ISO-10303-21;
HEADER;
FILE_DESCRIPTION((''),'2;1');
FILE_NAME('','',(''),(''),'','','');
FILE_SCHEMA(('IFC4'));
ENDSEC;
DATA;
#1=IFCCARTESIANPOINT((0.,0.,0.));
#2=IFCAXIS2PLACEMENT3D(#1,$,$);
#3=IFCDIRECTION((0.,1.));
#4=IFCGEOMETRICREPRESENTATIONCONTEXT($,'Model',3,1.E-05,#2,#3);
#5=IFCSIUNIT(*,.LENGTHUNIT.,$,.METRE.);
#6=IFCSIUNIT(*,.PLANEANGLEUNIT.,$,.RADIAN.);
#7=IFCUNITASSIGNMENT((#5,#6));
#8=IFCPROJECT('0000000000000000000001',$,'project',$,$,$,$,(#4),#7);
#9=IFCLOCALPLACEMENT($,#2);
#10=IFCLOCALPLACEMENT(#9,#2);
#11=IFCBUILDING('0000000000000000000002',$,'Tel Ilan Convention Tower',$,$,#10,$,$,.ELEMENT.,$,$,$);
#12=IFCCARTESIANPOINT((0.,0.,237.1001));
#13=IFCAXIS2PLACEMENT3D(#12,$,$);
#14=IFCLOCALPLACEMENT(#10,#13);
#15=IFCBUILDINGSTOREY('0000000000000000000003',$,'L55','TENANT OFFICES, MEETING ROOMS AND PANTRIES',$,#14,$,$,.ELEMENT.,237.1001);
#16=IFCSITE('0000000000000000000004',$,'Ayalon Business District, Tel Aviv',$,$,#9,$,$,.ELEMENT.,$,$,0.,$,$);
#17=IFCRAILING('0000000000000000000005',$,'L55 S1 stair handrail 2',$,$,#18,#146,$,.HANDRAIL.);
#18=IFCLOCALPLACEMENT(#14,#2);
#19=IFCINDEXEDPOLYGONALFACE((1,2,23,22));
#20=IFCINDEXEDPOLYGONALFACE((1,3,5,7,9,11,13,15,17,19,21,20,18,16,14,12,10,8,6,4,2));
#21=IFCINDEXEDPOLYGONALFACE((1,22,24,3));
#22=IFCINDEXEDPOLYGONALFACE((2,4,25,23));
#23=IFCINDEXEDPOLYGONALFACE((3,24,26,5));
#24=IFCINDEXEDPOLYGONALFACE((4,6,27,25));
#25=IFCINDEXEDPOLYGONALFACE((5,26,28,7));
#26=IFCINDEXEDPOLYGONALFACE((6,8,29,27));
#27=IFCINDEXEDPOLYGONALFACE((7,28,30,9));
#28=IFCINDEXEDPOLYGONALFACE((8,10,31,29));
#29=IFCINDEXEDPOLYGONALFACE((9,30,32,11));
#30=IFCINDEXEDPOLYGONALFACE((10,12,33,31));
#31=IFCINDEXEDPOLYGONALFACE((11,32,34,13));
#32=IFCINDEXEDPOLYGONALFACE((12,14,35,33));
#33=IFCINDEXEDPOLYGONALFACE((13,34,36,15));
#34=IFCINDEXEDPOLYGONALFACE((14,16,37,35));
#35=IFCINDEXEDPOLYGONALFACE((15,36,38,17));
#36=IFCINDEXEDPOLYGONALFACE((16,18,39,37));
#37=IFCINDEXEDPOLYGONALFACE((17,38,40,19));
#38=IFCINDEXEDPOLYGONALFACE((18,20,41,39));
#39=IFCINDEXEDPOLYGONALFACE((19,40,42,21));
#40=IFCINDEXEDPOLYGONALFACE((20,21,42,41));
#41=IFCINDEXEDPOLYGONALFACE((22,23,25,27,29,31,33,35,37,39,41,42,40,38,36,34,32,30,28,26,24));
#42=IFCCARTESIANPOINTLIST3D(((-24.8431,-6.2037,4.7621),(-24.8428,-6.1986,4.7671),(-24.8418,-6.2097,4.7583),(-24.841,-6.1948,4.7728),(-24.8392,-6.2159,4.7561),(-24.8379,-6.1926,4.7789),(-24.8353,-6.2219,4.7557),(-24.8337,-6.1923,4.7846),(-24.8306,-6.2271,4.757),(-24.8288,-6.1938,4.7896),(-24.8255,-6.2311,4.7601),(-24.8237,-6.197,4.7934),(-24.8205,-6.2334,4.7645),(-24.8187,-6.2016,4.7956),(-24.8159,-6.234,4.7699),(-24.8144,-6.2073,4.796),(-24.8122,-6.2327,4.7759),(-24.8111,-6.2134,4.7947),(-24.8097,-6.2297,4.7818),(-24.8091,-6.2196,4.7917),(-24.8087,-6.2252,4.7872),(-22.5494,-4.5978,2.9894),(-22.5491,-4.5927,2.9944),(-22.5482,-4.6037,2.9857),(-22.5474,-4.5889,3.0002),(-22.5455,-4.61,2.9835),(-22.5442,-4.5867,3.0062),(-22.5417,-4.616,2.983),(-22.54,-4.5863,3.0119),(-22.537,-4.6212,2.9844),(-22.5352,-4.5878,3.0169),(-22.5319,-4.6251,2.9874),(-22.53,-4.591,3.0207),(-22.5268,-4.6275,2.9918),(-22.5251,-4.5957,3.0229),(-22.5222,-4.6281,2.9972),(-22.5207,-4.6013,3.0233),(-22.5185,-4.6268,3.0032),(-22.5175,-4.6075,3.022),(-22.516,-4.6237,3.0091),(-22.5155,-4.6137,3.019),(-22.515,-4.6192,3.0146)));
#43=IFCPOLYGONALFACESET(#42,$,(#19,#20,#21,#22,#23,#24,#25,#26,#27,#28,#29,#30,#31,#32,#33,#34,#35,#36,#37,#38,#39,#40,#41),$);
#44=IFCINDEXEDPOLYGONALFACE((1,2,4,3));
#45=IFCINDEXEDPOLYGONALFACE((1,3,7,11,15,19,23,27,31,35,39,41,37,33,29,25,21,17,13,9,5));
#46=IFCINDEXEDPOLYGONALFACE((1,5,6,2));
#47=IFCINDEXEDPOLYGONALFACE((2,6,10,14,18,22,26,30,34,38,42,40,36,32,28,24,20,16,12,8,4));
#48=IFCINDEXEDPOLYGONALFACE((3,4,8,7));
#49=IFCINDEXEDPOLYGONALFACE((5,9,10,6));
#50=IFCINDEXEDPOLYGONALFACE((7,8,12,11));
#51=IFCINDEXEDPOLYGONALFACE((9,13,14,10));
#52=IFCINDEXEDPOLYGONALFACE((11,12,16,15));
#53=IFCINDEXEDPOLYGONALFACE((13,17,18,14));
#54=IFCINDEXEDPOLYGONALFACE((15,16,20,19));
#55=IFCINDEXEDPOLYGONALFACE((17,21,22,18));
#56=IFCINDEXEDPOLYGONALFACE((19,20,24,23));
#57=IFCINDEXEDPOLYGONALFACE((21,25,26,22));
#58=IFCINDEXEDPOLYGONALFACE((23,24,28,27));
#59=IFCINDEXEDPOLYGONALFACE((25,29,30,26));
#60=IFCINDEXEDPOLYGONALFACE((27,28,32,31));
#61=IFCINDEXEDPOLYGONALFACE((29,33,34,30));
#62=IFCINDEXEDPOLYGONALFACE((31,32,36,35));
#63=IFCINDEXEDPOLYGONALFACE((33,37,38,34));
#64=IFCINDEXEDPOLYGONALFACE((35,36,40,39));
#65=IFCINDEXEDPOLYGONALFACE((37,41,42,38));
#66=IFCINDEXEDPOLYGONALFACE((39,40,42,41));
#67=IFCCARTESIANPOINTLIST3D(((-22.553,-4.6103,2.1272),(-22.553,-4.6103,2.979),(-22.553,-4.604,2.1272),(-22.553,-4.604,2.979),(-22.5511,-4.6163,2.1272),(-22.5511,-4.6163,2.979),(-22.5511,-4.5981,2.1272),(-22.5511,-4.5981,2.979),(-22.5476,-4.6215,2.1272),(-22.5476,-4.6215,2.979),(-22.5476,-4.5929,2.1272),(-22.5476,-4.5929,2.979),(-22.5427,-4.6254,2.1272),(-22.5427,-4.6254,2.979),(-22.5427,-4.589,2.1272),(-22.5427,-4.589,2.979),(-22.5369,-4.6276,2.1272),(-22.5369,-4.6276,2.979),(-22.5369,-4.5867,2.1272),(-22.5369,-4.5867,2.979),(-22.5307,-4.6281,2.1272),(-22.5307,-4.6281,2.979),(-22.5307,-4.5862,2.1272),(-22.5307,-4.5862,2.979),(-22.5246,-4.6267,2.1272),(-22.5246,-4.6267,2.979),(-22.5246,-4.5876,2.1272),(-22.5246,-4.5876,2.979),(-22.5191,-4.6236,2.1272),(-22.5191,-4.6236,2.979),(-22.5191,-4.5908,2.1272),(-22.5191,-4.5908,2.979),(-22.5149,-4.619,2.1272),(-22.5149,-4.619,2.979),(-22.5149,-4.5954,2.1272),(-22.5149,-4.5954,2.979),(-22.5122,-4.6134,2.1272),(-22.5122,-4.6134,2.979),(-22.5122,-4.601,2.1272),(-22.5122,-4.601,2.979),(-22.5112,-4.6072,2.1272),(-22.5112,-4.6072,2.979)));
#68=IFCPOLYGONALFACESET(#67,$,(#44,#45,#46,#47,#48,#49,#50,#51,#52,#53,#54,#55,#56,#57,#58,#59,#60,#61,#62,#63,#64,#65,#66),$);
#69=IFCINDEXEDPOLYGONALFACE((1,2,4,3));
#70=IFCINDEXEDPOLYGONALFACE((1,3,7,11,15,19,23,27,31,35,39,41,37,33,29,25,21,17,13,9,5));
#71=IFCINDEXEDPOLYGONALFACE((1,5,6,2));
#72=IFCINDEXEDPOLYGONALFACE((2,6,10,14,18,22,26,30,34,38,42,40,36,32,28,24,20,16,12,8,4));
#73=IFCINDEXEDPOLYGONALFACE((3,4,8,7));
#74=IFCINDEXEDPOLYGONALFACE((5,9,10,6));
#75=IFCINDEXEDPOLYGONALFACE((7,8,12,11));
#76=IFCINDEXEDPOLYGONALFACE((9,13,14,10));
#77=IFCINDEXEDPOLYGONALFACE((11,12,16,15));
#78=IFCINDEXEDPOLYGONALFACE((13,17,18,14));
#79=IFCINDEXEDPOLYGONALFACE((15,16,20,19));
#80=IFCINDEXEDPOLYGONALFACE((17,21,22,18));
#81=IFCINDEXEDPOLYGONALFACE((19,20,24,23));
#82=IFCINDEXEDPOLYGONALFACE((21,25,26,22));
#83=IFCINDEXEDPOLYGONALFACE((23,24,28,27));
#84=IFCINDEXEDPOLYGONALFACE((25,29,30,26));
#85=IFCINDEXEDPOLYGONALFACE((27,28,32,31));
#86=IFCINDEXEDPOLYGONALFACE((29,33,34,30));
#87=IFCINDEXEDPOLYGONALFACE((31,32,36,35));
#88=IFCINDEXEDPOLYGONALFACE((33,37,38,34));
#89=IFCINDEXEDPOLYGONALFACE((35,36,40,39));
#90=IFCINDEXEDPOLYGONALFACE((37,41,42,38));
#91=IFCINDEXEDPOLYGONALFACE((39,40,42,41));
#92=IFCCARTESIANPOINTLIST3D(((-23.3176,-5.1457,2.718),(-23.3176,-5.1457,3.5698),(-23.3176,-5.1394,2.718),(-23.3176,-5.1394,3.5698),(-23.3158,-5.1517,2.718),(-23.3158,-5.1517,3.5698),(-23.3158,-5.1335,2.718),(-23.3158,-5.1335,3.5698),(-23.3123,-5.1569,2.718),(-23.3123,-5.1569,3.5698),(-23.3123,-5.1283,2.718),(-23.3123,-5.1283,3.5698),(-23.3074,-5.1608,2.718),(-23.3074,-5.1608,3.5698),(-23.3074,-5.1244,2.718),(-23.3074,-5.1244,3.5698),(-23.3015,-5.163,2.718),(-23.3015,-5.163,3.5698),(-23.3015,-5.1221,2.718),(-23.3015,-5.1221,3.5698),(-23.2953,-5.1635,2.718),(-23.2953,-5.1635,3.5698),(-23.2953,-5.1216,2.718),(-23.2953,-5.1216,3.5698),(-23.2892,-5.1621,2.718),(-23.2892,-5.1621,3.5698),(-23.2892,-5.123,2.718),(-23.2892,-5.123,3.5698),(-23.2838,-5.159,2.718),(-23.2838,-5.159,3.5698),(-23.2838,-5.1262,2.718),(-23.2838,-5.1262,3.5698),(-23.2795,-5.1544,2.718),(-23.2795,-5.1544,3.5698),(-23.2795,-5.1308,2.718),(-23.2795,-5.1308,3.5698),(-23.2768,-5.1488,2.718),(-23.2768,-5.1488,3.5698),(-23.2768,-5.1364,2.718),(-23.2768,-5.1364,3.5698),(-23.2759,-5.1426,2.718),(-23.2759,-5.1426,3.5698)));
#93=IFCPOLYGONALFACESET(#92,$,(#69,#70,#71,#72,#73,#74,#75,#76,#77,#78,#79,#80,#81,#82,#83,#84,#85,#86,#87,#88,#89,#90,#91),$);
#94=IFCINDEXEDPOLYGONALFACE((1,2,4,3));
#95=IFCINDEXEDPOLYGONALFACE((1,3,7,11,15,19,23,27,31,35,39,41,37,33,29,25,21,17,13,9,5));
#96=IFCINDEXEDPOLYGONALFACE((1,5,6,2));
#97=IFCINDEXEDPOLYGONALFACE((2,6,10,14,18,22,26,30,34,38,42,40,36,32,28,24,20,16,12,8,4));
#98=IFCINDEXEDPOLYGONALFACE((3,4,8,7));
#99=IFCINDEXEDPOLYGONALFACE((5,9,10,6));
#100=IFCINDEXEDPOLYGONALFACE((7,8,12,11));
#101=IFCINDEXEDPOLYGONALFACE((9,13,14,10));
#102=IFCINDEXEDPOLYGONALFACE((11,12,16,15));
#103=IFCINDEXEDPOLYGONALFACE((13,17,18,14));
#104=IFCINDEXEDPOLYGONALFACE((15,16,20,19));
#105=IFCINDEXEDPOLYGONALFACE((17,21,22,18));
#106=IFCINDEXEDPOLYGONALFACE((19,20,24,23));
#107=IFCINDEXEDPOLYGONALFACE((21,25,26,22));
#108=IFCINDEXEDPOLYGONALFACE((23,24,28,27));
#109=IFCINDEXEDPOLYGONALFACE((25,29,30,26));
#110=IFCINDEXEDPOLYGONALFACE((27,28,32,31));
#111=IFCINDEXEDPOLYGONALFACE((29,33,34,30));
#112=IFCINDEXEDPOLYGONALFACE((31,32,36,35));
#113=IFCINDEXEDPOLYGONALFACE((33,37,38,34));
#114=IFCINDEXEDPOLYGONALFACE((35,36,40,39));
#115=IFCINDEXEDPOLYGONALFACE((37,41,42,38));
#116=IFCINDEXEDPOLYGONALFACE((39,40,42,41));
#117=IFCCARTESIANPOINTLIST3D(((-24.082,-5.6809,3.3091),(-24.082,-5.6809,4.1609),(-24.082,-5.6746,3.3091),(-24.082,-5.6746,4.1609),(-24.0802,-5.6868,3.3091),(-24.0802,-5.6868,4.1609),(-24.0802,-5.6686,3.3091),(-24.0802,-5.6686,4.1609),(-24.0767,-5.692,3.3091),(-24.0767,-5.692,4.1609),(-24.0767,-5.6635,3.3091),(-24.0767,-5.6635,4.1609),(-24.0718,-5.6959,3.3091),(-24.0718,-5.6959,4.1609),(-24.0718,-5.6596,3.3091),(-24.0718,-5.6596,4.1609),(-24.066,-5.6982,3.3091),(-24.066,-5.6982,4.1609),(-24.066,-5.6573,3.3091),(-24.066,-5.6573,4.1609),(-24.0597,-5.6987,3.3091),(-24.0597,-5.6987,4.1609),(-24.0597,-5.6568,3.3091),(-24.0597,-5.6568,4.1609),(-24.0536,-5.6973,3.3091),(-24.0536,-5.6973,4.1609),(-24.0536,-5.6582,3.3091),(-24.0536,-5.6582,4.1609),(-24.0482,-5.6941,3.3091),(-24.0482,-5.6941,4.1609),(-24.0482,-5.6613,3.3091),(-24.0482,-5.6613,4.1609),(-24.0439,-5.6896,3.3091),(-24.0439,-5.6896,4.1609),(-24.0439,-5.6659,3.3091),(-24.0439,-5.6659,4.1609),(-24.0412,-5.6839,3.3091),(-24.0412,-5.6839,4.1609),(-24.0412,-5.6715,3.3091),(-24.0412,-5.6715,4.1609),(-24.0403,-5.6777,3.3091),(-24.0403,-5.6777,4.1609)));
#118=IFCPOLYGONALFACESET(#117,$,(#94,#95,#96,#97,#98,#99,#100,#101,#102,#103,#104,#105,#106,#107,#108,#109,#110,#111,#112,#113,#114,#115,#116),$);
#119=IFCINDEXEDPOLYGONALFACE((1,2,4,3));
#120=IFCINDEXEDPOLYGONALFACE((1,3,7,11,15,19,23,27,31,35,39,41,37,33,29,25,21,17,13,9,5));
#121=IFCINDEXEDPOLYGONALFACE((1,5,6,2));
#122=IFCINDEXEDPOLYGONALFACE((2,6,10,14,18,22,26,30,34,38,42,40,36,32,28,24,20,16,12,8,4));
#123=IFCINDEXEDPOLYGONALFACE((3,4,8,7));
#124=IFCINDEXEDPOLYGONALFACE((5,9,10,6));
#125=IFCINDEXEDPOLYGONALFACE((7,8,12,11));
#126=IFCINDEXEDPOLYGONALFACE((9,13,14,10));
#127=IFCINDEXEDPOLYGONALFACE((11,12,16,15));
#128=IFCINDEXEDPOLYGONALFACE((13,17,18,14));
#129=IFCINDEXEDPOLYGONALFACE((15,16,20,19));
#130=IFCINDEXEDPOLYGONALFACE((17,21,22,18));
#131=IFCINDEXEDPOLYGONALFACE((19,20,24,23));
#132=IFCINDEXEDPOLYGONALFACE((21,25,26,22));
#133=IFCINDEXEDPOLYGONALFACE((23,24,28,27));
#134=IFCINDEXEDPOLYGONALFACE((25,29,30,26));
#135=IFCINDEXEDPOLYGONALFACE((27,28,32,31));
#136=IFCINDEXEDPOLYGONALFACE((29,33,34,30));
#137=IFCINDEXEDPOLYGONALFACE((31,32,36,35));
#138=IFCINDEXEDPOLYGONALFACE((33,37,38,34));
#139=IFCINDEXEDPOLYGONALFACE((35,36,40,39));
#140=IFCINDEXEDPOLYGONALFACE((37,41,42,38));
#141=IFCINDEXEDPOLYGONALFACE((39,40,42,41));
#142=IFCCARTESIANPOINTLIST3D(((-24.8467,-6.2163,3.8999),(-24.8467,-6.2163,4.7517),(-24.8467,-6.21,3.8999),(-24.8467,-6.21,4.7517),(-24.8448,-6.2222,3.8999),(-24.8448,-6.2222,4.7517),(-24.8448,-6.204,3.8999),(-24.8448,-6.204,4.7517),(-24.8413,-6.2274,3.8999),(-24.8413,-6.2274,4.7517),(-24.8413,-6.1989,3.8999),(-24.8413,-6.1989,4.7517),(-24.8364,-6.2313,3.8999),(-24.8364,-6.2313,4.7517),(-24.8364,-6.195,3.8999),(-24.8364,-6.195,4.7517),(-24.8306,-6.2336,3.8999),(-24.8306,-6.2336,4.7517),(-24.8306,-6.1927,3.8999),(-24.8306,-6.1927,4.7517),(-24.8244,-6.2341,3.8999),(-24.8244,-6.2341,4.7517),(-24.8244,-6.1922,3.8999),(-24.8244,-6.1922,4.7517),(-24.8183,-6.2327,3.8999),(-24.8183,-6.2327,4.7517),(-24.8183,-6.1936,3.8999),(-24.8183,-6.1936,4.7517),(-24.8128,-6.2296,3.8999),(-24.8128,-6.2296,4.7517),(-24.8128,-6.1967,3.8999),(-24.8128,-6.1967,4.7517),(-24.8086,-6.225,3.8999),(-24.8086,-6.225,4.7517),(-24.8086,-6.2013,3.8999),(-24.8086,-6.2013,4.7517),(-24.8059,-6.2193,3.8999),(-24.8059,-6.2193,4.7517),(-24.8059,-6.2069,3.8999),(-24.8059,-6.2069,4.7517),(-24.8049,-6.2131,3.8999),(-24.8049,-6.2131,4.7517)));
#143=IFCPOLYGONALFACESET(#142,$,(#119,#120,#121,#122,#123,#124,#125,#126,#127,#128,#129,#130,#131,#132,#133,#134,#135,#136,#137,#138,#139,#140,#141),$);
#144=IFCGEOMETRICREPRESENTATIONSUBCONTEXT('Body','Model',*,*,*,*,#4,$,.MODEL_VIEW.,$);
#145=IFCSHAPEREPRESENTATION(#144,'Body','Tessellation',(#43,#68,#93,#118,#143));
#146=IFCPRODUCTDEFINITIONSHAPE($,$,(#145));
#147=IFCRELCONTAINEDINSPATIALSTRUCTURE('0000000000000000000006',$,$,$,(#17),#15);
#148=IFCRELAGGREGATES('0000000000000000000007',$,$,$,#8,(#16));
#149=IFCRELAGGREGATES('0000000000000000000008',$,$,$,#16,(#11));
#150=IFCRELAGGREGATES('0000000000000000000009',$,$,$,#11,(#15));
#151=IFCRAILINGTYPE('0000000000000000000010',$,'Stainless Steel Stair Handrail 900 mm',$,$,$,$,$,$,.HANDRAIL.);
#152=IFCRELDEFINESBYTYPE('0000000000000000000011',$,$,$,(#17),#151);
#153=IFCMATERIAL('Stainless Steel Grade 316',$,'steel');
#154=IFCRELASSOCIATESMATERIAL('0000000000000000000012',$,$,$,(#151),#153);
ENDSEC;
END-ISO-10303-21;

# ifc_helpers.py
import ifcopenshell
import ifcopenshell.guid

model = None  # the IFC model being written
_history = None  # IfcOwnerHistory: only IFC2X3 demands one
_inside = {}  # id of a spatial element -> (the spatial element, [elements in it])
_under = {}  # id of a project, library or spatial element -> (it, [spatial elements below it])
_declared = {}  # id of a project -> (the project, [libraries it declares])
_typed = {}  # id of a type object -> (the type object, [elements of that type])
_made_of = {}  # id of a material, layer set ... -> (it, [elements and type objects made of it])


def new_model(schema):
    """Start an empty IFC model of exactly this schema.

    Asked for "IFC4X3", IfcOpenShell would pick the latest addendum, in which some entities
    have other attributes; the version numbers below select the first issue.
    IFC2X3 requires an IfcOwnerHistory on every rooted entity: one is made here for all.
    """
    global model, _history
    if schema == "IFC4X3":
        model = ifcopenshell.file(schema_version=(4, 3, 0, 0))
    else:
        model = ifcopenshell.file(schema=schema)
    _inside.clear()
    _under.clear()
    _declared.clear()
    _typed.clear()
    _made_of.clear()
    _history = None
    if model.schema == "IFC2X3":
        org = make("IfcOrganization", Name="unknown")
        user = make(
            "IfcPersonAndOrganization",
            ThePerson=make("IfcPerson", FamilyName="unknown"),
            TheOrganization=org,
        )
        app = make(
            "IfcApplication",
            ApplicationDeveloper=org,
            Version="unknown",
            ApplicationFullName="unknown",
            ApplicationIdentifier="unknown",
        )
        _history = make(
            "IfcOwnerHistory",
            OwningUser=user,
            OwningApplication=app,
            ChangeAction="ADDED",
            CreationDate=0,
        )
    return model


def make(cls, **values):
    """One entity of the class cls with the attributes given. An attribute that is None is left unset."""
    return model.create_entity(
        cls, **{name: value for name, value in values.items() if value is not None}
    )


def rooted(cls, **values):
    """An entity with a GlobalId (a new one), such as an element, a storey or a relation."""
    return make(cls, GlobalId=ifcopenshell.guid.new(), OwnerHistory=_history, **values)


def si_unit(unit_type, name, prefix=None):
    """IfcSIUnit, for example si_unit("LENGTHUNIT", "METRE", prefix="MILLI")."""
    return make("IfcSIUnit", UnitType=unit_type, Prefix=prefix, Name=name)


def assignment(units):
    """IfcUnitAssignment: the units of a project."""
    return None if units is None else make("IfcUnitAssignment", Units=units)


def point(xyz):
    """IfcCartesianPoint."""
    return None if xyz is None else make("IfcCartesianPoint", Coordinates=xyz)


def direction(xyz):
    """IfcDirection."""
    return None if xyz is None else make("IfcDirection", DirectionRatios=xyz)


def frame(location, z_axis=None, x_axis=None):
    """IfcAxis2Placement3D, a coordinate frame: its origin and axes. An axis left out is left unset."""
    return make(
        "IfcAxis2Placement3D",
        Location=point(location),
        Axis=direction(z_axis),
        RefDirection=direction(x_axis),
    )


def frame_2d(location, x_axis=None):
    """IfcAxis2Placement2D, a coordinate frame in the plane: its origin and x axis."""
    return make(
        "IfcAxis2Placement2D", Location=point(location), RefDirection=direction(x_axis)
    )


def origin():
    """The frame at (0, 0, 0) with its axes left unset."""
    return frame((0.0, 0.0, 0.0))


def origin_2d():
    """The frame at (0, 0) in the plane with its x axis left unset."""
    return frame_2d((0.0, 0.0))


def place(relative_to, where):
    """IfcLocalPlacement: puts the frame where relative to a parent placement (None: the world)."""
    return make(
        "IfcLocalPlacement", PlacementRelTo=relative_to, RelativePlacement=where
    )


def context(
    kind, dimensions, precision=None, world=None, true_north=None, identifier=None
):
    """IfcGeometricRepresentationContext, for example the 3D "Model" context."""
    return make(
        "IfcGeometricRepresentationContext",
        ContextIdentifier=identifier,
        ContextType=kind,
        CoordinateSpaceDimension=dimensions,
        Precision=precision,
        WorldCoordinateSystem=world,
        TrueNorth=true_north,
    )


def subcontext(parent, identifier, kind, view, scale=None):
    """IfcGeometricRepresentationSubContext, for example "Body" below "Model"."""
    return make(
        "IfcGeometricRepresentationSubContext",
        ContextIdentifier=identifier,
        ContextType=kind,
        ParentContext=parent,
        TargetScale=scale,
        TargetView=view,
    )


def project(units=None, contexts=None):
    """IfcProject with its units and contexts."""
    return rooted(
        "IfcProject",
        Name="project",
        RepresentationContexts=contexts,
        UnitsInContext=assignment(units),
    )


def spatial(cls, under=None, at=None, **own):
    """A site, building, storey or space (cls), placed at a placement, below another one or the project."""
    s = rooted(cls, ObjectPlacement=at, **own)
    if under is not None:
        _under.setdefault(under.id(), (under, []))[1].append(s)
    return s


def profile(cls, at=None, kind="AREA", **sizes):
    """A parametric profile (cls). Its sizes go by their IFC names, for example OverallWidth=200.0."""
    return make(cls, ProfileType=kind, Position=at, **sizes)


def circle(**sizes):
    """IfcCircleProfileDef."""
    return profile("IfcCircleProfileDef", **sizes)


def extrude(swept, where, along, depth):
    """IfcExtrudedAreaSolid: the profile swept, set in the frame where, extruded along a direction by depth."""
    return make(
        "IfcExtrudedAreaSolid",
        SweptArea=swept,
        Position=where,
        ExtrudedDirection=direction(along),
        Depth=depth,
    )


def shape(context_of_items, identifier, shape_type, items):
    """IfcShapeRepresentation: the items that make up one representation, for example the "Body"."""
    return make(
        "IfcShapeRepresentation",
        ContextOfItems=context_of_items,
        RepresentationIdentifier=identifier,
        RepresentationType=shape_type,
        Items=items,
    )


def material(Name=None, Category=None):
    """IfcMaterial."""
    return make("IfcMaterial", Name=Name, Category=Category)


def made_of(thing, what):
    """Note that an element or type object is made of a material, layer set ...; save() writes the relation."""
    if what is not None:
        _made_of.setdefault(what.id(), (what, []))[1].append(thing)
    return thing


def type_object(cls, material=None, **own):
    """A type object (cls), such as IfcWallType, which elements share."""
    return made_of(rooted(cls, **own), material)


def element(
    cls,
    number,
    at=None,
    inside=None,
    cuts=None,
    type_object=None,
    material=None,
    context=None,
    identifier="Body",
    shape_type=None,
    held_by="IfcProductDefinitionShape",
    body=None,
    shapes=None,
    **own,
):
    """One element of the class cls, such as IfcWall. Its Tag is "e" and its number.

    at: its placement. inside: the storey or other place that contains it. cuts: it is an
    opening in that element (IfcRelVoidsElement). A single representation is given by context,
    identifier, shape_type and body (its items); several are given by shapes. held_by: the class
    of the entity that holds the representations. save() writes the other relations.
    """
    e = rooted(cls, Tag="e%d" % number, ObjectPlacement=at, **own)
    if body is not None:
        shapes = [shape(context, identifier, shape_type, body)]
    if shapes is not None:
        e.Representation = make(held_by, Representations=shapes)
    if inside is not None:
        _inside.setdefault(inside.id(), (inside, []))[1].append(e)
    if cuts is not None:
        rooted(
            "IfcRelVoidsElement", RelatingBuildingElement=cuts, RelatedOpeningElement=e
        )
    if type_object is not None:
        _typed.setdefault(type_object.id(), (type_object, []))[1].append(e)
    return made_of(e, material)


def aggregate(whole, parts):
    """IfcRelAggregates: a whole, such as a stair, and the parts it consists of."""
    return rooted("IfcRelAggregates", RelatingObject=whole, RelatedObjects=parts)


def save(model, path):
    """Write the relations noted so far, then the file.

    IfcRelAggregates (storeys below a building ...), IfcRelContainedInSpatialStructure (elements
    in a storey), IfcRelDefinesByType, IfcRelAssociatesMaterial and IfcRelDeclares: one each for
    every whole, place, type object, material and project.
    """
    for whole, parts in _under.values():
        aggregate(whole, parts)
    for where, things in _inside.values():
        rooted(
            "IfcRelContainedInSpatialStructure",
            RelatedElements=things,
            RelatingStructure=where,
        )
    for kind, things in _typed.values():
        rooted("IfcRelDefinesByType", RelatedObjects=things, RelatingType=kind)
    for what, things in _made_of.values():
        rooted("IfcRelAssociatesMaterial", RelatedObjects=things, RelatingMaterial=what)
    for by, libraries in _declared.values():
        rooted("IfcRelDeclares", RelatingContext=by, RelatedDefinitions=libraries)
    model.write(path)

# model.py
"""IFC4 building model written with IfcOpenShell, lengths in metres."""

from ifc_helpers import new_model, si_unit, direction, frame, origin, origin_2d, place, context, subcontext, project, spatial, circle, extrude, material, type_object, element, save


model = new_model("IFC4")

# Units and contexts
model_context = context("Model", 3, precision=1e-05, world=origin(), true_north=direction((0.0, 1.0)))
body_context = subcontext(model_context, "Body", "Model", "MODEL_VIEW")
ifc_project = project(units=[si_unit("LENGTHUNIT", "METRE"), si_unit("PLANEANGLEUNIT", "RADIAN")], contexts=[model_context])

# Site, building, storey
site_placement = place(None, origin())
site = spatial("IfcSite", under=ifc_project, at=site_placement, Name="Ayalon Business District, Tel Aviv", CompositionType="ELEMENT", RefElevation=0.0)
building_placement = place(site_placement, origin())
building = spatial("IfcBuilding", under=site, at=building_placement, Name="Tel Ilan Convention Tower", CompositionType="ELEMENT")
storey_placement = place(building_placement, frame((0.0, 0.0, 237.1001)))
storey = spatial("IfcBuildingStorey", under=building, at=storey_placement, Name="L55", Description="TENANT OFFICES, MEETING ROOMS AND PANTRIES", CompositionType="ELEMENT", Elevation=237.1001)

# Railing
ifc_material_1 = material(Name="Stainless Steel Grade 316", Category="steel")
railing_type_1 = type_object("IfcRailingType", Name="Stainless Steel Stair Handrail 900 mm", PredefinedType="HANDRAIL", material=ifc_material_1)
for number, where, name in (
    (1, (-22.5322, -4.6072, 2.1272), "L55 S1 stair handrail 2"),
):
    element("IfcRailing", number, at=place(storey_placement, frame(where)), inside=storey, type_object=railing_type_1, Name=name, PredefinedType="HANDRAIL", context=body_context, shape_type="SweptSolid", body=[
        extrude(circle(Radius=0.0239, at=origin_2d()), frame((0.0, 0.0, 0.876), z_axis=(-0.692123, -0.484597, 0.534913), x_axis=(0.57355, -0.81917, 0.0)), (0.0, 0.0, 1.0), 3.314),
        extrude(circle(Radius=0.021, at=origin_2d()), origin(), (0.0, 0.0, 1.0), 0.8518),
        extrude(circle(Radius=0.021, at=origin_2d()), frame((-0.7646, -0.5354, 0.5908)), (0.0, 0.0, 1.0), 0.8518),
        extrude(circle(Radius=0.021, at=origin_2d()), frame((-1.5291, -1.0706, 1.1819)), (0.0, 0.0, 1.0), 0.8518),
        extrude(circle(Radius=0.021, at=origin_2d()), frame((-2.2937, -1.606, 1.7727)), (0.0, 0.0, 1.0), 0.8518),
    ])

save(model, "model.ifc")
